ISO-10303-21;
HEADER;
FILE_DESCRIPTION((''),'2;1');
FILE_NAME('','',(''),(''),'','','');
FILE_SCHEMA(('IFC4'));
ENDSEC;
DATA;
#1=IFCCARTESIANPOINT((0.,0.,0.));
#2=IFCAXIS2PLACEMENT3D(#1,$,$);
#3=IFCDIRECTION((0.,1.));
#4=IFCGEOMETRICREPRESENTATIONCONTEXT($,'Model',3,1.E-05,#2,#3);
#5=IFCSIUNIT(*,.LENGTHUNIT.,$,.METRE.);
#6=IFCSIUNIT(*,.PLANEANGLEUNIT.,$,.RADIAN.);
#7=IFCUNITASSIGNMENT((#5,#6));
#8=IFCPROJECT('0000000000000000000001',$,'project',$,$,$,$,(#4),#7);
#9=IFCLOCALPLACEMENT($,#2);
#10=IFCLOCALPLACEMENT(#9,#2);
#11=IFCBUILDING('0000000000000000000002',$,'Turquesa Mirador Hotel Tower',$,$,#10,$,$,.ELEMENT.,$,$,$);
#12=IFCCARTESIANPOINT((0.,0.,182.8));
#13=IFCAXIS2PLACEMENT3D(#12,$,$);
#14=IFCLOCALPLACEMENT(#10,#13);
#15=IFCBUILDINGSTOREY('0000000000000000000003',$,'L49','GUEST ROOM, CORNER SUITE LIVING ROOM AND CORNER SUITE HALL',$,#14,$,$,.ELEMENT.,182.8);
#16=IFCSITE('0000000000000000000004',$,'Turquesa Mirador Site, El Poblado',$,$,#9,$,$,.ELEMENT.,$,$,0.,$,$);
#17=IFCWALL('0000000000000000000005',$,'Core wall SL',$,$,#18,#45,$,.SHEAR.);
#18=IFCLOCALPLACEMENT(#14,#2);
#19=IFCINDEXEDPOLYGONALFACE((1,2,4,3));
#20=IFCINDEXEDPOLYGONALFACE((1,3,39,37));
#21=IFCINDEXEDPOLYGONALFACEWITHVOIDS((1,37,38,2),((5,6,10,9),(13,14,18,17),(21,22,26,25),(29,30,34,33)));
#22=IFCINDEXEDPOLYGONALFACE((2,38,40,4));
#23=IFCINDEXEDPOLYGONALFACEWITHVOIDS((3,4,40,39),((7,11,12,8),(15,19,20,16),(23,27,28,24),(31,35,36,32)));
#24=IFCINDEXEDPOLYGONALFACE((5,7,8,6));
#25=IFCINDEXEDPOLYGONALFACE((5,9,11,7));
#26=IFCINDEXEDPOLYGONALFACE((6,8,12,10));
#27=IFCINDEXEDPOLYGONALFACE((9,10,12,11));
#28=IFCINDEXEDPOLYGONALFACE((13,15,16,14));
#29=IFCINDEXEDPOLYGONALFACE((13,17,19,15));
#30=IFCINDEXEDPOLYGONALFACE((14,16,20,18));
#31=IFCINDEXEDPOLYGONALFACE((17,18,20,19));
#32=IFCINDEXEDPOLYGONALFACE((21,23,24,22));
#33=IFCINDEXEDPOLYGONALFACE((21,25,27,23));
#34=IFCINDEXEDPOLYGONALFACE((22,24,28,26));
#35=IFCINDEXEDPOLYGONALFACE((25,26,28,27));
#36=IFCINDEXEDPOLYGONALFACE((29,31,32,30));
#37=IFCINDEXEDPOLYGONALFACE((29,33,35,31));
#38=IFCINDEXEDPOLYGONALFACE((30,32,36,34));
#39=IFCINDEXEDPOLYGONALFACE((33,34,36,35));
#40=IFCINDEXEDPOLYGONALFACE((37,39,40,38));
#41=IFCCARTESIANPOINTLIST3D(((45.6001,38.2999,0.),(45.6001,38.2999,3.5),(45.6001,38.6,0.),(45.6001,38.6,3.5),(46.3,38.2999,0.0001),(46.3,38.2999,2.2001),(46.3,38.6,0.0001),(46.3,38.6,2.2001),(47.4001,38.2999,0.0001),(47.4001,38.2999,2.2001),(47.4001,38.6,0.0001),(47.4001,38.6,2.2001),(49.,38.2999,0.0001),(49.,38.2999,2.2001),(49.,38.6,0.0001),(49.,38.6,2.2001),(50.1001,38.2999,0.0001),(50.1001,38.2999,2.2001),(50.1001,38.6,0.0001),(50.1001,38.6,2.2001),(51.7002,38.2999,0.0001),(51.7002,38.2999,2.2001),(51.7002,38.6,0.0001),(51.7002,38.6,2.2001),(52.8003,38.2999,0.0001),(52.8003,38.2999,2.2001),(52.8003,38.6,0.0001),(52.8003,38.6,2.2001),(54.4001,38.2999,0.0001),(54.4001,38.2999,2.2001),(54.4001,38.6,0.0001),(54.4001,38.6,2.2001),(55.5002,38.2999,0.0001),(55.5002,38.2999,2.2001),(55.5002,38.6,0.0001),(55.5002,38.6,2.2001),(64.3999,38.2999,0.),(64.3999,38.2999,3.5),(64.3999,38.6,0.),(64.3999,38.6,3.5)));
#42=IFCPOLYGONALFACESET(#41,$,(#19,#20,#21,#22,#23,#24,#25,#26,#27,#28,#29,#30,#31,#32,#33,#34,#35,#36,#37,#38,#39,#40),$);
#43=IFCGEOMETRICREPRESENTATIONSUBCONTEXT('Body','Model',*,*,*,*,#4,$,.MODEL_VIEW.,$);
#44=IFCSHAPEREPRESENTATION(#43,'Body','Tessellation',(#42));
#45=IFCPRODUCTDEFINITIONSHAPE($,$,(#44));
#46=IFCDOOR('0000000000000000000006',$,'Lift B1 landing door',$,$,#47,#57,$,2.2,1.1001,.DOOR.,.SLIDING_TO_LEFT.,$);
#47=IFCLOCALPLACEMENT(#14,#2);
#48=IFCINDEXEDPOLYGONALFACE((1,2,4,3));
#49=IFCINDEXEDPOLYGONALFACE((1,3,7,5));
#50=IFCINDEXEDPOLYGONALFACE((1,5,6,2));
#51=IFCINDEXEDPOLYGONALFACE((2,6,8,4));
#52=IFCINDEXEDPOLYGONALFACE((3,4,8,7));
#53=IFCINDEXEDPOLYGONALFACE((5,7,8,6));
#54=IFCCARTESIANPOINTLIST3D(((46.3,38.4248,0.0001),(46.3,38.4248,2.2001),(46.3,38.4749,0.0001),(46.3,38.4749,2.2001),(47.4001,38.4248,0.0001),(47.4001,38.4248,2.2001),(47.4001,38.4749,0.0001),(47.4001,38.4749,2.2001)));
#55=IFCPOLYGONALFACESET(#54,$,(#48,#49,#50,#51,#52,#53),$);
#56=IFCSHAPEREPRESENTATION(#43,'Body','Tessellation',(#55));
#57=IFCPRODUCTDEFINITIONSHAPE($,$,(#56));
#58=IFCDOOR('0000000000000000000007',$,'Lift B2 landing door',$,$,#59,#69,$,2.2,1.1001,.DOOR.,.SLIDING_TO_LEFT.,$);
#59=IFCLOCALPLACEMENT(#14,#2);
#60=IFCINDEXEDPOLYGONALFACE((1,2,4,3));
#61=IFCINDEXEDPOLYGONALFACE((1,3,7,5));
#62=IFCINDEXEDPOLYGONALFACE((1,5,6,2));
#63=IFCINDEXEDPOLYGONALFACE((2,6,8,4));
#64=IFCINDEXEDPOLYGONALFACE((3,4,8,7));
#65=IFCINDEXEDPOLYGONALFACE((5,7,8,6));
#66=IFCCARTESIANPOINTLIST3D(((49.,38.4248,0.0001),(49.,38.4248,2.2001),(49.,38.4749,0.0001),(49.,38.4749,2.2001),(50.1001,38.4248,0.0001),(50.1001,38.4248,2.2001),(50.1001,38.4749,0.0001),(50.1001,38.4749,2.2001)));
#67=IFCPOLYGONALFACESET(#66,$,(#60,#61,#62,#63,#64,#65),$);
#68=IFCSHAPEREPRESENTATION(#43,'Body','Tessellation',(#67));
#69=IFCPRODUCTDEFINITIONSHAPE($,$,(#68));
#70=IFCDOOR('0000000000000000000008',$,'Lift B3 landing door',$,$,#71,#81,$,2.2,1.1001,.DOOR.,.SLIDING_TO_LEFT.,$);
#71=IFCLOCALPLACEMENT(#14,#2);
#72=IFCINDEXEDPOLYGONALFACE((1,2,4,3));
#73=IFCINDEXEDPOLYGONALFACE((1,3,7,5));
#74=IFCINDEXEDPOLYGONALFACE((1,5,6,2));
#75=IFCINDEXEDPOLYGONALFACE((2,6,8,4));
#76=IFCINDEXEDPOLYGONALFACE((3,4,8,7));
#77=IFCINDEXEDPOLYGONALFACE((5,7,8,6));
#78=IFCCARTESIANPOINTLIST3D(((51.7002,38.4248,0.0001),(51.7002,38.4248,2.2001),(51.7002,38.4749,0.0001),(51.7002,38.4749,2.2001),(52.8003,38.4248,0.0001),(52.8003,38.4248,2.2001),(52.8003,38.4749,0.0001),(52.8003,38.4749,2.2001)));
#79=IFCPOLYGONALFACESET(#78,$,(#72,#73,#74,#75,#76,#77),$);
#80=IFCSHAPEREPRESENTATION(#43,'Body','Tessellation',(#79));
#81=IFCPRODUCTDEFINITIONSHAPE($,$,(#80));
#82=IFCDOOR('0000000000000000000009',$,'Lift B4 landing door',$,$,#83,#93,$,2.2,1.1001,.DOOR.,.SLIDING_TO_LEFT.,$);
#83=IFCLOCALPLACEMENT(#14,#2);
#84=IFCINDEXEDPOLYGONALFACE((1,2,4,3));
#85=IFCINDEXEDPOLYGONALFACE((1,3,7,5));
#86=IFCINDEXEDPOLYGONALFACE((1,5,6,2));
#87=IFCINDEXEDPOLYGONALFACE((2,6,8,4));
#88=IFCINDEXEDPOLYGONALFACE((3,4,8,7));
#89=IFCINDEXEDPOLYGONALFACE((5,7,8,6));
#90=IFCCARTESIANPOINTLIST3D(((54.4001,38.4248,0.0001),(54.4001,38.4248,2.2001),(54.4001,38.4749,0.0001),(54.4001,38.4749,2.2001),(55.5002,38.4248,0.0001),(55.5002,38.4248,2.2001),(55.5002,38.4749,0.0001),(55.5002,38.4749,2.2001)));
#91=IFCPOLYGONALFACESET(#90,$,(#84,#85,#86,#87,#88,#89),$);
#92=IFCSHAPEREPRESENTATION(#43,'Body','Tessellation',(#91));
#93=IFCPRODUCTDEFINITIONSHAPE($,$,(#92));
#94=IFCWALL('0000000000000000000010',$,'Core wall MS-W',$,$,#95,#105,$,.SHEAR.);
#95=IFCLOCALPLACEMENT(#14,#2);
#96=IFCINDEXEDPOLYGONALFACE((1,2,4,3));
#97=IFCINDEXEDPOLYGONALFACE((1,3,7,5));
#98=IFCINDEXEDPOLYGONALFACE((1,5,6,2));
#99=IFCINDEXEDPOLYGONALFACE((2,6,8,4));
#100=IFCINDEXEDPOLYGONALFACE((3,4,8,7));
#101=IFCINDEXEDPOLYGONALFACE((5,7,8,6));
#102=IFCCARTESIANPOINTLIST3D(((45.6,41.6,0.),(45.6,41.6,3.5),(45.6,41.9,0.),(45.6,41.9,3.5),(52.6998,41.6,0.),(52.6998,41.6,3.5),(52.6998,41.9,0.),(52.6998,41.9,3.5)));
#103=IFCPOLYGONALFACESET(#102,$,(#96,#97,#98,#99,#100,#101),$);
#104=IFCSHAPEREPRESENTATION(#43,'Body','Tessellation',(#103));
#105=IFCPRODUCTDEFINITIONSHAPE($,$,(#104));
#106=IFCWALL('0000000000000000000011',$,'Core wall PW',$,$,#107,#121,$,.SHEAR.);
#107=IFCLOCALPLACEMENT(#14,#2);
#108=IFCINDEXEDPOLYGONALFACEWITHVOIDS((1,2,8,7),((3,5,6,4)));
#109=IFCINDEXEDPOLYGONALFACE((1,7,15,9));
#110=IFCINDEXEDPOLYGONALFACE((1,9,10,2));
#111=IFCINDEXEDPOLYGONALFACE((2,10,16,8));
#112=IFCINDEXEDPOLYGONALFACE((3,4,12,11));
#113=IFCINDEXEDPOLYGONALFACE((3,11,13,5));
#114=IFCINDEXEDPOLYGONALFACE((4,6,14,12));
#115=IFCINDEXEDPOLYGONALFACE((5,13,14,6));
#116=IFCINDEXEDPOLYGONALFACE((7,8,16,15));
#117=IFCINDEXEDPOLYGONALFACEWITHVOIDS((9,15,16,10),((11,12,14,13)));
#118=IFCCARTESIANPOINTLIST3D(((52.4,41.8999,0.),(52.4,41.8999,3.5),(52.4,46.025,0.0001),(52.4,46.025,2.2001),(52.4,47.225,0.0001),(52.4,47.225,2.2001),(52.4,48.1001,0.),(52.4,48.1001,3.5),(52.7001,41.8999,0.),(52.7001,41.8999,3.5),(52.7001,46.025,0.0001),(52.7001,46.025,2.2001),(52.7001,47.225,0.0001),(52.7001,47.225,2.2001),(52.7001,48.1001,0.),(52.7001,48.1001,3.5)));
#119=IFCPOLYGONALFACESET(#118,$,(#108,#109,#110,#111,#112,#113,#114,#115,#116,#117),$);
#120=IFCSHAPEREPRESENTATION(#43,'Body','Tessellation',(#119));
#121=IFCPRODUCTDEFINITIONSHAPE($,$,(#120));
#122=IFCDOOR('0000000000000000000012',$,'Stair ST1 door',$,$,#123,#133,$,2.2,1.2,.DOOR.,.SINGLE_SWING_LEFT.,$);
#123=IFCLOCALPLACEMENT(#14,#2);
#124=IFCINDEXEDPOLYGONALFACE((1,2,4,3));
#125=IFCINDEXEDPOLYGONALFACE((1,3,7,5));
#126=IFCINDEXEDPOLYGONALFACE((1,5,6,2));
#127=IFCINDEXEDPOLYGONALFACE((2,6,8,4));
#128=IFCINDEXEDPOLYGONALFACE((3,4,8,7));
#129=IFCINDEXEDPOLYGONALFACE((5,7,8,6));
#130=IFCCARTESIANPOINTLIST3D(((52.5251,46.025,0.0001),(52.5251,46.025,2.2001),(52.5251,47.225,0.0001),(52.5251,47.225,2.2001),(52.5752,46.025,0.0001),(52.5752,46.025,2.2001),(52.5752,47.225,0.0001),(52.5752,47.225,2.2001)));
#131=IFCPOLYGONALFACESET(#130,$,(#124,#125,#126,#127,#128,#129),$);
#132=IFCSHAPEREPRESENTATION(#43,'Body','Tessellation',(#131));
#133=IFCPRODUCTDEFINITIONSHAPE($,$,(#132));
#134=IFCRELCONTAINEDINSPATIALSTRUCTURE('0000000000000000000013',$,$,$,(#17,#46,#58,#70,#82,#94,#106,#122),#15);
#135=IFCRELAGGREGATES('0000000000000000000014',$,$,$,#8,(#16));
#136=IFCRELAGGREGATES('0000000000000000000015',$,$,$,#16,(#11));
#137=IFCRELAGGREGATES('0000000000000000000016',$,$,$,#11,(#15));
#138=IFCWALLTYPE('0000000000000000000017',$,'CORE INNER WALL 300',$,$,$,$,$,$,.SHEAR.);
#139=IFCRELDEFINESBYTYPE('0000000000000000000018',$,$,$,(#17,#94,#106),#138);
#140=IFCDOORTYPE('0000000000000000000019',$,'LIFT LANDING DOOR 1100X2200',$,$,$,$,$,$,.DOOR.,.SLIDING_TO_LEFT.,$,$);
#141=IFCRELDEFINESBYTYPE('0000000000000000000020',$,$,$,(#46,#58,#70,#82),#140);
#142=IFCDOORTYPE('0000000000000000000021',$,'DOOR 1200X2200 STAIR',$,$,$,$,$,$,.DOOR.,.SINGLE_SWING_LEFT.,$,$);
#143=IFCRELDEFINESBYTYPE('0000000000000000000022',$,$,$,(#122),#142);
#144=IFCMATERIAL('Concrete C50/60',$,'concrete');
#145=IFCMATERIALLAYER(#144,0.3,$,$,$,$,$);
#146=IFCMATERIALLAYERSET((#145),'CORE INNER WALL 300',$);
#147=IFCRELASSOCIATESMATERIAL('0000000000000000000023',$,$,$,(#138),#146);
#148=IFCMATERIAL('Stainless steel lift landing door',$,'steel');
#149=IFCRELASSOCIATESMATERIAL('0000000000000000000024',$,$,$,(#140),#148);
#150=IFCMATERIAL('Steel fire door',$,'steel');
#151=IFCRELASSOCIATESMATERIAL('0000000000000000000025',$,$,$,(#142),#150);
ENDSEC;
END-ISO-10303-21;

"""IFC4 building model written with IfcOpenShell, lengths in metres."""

from ifc_helpers import new_model, si_unit, direction, frame, frame_2d, origin, place, context, subcontext, project, spatial, rectangle, extrude, material, layer, layer_set, type_object, element, fill, save


model = new_model("IFC4")

# Units and contexts
model_context = context("Model", 3, precision=1e-05, world=origin(), true_north=direction((0.0, 1.0)))
body_context = subcontext(model_context, "Body", "Model", "MODEL_VIEW")
ifc_project = project(units=[si_unit("LENGTHUNIT", "METRE"), si_unit("PLANEANGLEUNIT", "RADIAN")], contexts=[model_context])

# Site, building, storey
site_placement = place(None, origin())
site = spatial("IfcSite", under=ifc_project, at=site_placement, Name="Turquesa Mirador Site, El Poblado", CompositionType="ELEMENT", RefElevation=0.0)
building_placement = place(site_placement, origin())
building = spatial("IfcBuilding", under=site, at=building_placement, Name="Turquesa Mirador Hotel Tower", CompositionType="ELEMENT")
storey_placement = place(building_placement, frame((0.0, 0.0, 182.8)))
storey = spatial("IfcBuildingStorey", under=building, at=storey_placement, Name="L49", Description="GUEST ROOM, CORNER SUITE LIVING ROOM AND CORNER SUITE HALL", CompositionType="ELEMENT", Elevation=182.8)

# Wall, openings, doors
ifc_material_1 = material(Name="Concrete C50/60", Category="concrete")
ifc_layer_1 = layer(ifc_material_1, 0.3)
ifc_layer_set_1 = layer_set([ifc_layer_1], Name="CORE INNER WALL 300")
wall_type_1 = type_object("IfcWallType", Name="CORE INNER WALL 300", PredefinedType="SHEAR", material=ifc_layer_set_1)
wall_1_placement = place(storey_placement, frame((45.6001, 38.45, 0.0), z_axis=(0.0, 0.0, 1.0), x_axis=(1.0, 0.0, 0.0)))
wall_1 = element("IfcWall", 1, at=wall_1_placement, inside=storey, type_object=wall_type_1, Name="Core wall SL", PredefinedType="SHEAR", context=body_context, shape_type="SweptSolid", body=[
    extrude(rectangle(XDim=18.7998, YDim=0.3, at=frame_2d((9.3999, 0.0))), origin(), (0.0, 0.0, 1.0), 3.5),
])
opening_1_placement = place(wall_1_placement, frame((0.7, 0.0, 0.0)))
opening_1 = element("IfcOpeningElement", 2, at=opening_1_placement, cuts=wall_1, PredefinedType="OPENING", context=body_context, shape_type="SweptSolid", body=[
    extrude(rectangle(XDim=1.1001, YDim=2.2, at=frame_2d((0.55, 1.1001))), frame((0.0, 0.1599, 0.0), z_axis=(0.0, -1.0, 0.0), x_axis=(1.0, 0.0, 0.0)), (0.0, 0.0, 1.0), 0.3201),
])
opening_2_placement = place(wall_1_placement, frame((3.3999, 0.0, 0.0)))
opening_2 = element("IfcOpeningElement", 3, at=opening_2_placement, cuts=wall_1, PredefinedType="OPENING", context=body_context, shape_type="SweptSolid", body=[
    extrude(rectangle(XDim=1.1001, YDim=2.2, at=frame_2d((0.55, 1.1001))), frame((0.0, 0.1599, 0.0), z_axis=(0.0, -1.0, 0.0), x_axis=(1.0, 0.0, 0.0)), (0.0, 0.0, 1.0), 0.3201),
])
opening_3_placement = place(wall_1_placement, frame((6.1001, 0.0, 0.0)))
opening_3 = element("IfcOpeningElement", 4, at=opening_3_placement, cuts=wall_1, PredefinedType="OPENING", context=body_context, shape_type="SweptSolid", body=[
    extrude(rectangle(XDim=1.1001, YDim=2.2, at=frame_2d((0.55, 1.1001))), frame((0.0, 0.1599, 0.0), z_axis=(0.0, -1.0, 0.0), x_axis=(1.0, 0.0, 0.0)), (0.0, 0.0, 1.0), 0.3201),
])
opening_4_placement = place(wall_1_placement, frame((8.8, 0.0, 0.0)))
opening_4 = element("IfcOpeningElement", 5, at=opening_4_placement, cuts=wall_1, PredefinedType="OPENING", context=body_context, shape_type="SweptSolid", body=[
    extrude(rectangle(XDim=1.1001, YDim=2.2, at=frame_2d((0.55, 1.1001))), frame((0.0, 0.1599, 0.0), z_axis=(0.0, -1.0, 0.0), x_axis=(1.0, 0.0, 0.0)), (0.0, 0.0, 1.0), 0.3201),
])
ifc_material_2 = material(Name="Stainless steel lift landing door", Category="steel")
door_type_1 = type_object("IfcDoorType", Name="LIFT LANDING DOOR 1100X2200", OperationType="SLIDING_TO_LEFT", PredefinedType="DOOR", material=ifc_material_2)
door_1_placement = place(opening_1_placement, origin())
door_1 = element("IfcDoor", 6, at=door_1_placement, inside=storey, type_object=door_type_1, Name="Lift B1 landing door", OperationType="SLIDING_TO_LEFT", OverallHeight=2.2, OverallWidth=1.1001, PredefinedType="DOOR", context=body_context, shape_type="SweptSolid", body=[
    extrude(rectangle(XDim=1.1001, YDim=2.2, at=frame_2d((0.55, 1.1001))), frame((0.0, 0.0249, 0.0), z_axis=(0.0, -1.0, 0.0), x_axis=(1.0, 0.0, 0.0)), (0.0, 0.0, 1.0), 0.05),
])
fill(opening_1, door_1)
door_2_placement = place(opening_2_placement, origin())
door_2 = element("IfcDoor", 7, at=door_2_placement, inside=storey, type_object=door_type_1, Name="Lift B2 landing door", OperationType="SLIDING_TO_LEFT", OverallHeight=2.2, OverallWidth=1.1001, PredefinedType="DOOR", context=body_context, shape_type="SweptSolid", body=[
    extrude(rectangle(XDim=1.1001, YDim=2.2, at=frame_2d((0.55, 1.1001))), frame((0.0, 0.0249, 0.0), z_axis=(0.0, -1.0, 0.0), x_axis=(1.0, 0.0, 0.0)), (0.0, 0.0, 1.0), 0.05),
])
fill(opening_2, door_2)
door_3_placement = place(opening_3_placement, origin())
door_3 = element("IfcDoor", 8, at=door_3_placement, inside=storey, type_object=door_type_1, Name="Lift B3 landing door", OperationType="SLIDING_TO_LEFT", OverallHeight=2.2, OverallWidth=1.1001, PredefinedType="DOOR", context=body_context, shape_type="SweptSolid", body=[
    extrude(rectangle(XDim=1.1001, YDim=2.2, at=frame_2d((0.55, 1.1001))), frame((0.0, 0.0249, 0.0), z_axis=(0.0, -1.0, 0.0), x_axis=(1.0, 0.0, 0.0)), (0.0, 0.0, 1.0), 0.05),
])
fill(opening_3, door_3)
door_4_placement = place(opening_4_placement, origin())
door_4 = element("IfcDoor", 9, at=door_4_placement, inside=storey, type_object=door_type_1, Name="Lift B4 landing door", OperationType="SLIDING_TO_LEFT", OverallHeight=2.2, OverallWidth=1.1001, PredefinedType="DOOR", context=body_context, shape_type="SweptSolid", body=[
    extrude(rectangle(XDim=1.1001, YDim=2.2, at=frame_2d((0.55, 1.1001))), frame((0.0, 0.0249, 0.0), z_axis=(0.0, -1.0, 0.0), x_axis=(1.0, 0.0, 0.0)), (0.0, 0.0, 1.0), 0.05),
])
fill(opening_4, door_4)

# Wall
wall_2_placement = place(storey_placement, frame((45.6001, 41.75, 0.0), z_axis=(0.0, 0.0, 1.0), x_axis=(1.0, 0.0, 0.0)))
element("IfcWall", 10, at=wall_2_placement, inside=storey, type_object=wall_type_1, Name="Core wall MS-W", PredefinedType="SHEAR", context=body_context, shape_type="SweptSolid", body=[
    extrude(rectangle(XDim=7.0999, YDim=0.3, at=frame_2d((3.5498, 0.0))), origin(), (0.0, 0.0, 1.0), 3.5),
])

# Wall, opening, door
wall_3_placement = place(storey_placement, frame((52.55, 41.8999, 0.0), z_axis=(0.0, 0.0, 1.0), x_axis=(0.0, 1.0, 0.0)))
wall_3 = element("IfcWall", 11, at=wall_3_placement, inside=storey, type_object=wall_type_1, Name="Core wall PW", PredefinedType="SHEAR", context=body_context, shape_type="SweptSolid", body=[
    extrude(rectangle(XDim=6.2002, YDim=0.3, at=frame_2d((3.1001, 0.0))), origin(), (0.0, 0.0, 1.0), 3.5),
])
opening_5_placement = place(wall_3_placement, frame((4.125, 0.0, 0.0)))
opening_5 = element("IfcOpeningElement", 12, at=opening_5_placement, cuts=wall_3, PredefinedType="OPENING", context=body_context, shape_type="SweptSolid", body=[
    extrude(rectangle(XDim=1.2, YDim=2.2, at=frame_2d((0.6001, 1.1001))), frame((0.0, 0.1599, 0.0), z_axis=(0.0, -1.0, 0.0), x_axis=(1.0, 0.0, 0.0)), (0.0, 0.0, 1.0), 0.3201),
])
ifc_material_3 = material(Name="Steel fire door", Category="steel")
door_type_2 = type_object("IfcDoorType", Name="DOOR 1200X2200 STAIR", OperationType="SINGLE_SWING_LEFT", PredefinedType="DOOR", material=ifc_material_3)
door_5_placement = place(opening_5_placement, origin())
door_5 = element("IfcDoor", 13, at=door_5_placement, inside=storey, type_object=door_type_2, Name="Stair ST1 door", OperationType="SINGLE_SWING_LEFT", OverallHeight=2.2, OverallWidth=1.2, PredefinedType="DOOR", context=body_context, shape_type="SweptSolid", body=[
    extrude(rectangle(XDim=1.2, YDim=2.2, at=frame_2d((0.6001, 1.1001))), frame((0.0, 0.0249, 0.0), z_axis=(0.0, -1.0, 0.0), x_axis=(1.0, 0.0, 0.0)), (0.0, 0.0, 1.0), 0.05),
])
fill(opening_5, door_5)

save(model, "model.ifc")
